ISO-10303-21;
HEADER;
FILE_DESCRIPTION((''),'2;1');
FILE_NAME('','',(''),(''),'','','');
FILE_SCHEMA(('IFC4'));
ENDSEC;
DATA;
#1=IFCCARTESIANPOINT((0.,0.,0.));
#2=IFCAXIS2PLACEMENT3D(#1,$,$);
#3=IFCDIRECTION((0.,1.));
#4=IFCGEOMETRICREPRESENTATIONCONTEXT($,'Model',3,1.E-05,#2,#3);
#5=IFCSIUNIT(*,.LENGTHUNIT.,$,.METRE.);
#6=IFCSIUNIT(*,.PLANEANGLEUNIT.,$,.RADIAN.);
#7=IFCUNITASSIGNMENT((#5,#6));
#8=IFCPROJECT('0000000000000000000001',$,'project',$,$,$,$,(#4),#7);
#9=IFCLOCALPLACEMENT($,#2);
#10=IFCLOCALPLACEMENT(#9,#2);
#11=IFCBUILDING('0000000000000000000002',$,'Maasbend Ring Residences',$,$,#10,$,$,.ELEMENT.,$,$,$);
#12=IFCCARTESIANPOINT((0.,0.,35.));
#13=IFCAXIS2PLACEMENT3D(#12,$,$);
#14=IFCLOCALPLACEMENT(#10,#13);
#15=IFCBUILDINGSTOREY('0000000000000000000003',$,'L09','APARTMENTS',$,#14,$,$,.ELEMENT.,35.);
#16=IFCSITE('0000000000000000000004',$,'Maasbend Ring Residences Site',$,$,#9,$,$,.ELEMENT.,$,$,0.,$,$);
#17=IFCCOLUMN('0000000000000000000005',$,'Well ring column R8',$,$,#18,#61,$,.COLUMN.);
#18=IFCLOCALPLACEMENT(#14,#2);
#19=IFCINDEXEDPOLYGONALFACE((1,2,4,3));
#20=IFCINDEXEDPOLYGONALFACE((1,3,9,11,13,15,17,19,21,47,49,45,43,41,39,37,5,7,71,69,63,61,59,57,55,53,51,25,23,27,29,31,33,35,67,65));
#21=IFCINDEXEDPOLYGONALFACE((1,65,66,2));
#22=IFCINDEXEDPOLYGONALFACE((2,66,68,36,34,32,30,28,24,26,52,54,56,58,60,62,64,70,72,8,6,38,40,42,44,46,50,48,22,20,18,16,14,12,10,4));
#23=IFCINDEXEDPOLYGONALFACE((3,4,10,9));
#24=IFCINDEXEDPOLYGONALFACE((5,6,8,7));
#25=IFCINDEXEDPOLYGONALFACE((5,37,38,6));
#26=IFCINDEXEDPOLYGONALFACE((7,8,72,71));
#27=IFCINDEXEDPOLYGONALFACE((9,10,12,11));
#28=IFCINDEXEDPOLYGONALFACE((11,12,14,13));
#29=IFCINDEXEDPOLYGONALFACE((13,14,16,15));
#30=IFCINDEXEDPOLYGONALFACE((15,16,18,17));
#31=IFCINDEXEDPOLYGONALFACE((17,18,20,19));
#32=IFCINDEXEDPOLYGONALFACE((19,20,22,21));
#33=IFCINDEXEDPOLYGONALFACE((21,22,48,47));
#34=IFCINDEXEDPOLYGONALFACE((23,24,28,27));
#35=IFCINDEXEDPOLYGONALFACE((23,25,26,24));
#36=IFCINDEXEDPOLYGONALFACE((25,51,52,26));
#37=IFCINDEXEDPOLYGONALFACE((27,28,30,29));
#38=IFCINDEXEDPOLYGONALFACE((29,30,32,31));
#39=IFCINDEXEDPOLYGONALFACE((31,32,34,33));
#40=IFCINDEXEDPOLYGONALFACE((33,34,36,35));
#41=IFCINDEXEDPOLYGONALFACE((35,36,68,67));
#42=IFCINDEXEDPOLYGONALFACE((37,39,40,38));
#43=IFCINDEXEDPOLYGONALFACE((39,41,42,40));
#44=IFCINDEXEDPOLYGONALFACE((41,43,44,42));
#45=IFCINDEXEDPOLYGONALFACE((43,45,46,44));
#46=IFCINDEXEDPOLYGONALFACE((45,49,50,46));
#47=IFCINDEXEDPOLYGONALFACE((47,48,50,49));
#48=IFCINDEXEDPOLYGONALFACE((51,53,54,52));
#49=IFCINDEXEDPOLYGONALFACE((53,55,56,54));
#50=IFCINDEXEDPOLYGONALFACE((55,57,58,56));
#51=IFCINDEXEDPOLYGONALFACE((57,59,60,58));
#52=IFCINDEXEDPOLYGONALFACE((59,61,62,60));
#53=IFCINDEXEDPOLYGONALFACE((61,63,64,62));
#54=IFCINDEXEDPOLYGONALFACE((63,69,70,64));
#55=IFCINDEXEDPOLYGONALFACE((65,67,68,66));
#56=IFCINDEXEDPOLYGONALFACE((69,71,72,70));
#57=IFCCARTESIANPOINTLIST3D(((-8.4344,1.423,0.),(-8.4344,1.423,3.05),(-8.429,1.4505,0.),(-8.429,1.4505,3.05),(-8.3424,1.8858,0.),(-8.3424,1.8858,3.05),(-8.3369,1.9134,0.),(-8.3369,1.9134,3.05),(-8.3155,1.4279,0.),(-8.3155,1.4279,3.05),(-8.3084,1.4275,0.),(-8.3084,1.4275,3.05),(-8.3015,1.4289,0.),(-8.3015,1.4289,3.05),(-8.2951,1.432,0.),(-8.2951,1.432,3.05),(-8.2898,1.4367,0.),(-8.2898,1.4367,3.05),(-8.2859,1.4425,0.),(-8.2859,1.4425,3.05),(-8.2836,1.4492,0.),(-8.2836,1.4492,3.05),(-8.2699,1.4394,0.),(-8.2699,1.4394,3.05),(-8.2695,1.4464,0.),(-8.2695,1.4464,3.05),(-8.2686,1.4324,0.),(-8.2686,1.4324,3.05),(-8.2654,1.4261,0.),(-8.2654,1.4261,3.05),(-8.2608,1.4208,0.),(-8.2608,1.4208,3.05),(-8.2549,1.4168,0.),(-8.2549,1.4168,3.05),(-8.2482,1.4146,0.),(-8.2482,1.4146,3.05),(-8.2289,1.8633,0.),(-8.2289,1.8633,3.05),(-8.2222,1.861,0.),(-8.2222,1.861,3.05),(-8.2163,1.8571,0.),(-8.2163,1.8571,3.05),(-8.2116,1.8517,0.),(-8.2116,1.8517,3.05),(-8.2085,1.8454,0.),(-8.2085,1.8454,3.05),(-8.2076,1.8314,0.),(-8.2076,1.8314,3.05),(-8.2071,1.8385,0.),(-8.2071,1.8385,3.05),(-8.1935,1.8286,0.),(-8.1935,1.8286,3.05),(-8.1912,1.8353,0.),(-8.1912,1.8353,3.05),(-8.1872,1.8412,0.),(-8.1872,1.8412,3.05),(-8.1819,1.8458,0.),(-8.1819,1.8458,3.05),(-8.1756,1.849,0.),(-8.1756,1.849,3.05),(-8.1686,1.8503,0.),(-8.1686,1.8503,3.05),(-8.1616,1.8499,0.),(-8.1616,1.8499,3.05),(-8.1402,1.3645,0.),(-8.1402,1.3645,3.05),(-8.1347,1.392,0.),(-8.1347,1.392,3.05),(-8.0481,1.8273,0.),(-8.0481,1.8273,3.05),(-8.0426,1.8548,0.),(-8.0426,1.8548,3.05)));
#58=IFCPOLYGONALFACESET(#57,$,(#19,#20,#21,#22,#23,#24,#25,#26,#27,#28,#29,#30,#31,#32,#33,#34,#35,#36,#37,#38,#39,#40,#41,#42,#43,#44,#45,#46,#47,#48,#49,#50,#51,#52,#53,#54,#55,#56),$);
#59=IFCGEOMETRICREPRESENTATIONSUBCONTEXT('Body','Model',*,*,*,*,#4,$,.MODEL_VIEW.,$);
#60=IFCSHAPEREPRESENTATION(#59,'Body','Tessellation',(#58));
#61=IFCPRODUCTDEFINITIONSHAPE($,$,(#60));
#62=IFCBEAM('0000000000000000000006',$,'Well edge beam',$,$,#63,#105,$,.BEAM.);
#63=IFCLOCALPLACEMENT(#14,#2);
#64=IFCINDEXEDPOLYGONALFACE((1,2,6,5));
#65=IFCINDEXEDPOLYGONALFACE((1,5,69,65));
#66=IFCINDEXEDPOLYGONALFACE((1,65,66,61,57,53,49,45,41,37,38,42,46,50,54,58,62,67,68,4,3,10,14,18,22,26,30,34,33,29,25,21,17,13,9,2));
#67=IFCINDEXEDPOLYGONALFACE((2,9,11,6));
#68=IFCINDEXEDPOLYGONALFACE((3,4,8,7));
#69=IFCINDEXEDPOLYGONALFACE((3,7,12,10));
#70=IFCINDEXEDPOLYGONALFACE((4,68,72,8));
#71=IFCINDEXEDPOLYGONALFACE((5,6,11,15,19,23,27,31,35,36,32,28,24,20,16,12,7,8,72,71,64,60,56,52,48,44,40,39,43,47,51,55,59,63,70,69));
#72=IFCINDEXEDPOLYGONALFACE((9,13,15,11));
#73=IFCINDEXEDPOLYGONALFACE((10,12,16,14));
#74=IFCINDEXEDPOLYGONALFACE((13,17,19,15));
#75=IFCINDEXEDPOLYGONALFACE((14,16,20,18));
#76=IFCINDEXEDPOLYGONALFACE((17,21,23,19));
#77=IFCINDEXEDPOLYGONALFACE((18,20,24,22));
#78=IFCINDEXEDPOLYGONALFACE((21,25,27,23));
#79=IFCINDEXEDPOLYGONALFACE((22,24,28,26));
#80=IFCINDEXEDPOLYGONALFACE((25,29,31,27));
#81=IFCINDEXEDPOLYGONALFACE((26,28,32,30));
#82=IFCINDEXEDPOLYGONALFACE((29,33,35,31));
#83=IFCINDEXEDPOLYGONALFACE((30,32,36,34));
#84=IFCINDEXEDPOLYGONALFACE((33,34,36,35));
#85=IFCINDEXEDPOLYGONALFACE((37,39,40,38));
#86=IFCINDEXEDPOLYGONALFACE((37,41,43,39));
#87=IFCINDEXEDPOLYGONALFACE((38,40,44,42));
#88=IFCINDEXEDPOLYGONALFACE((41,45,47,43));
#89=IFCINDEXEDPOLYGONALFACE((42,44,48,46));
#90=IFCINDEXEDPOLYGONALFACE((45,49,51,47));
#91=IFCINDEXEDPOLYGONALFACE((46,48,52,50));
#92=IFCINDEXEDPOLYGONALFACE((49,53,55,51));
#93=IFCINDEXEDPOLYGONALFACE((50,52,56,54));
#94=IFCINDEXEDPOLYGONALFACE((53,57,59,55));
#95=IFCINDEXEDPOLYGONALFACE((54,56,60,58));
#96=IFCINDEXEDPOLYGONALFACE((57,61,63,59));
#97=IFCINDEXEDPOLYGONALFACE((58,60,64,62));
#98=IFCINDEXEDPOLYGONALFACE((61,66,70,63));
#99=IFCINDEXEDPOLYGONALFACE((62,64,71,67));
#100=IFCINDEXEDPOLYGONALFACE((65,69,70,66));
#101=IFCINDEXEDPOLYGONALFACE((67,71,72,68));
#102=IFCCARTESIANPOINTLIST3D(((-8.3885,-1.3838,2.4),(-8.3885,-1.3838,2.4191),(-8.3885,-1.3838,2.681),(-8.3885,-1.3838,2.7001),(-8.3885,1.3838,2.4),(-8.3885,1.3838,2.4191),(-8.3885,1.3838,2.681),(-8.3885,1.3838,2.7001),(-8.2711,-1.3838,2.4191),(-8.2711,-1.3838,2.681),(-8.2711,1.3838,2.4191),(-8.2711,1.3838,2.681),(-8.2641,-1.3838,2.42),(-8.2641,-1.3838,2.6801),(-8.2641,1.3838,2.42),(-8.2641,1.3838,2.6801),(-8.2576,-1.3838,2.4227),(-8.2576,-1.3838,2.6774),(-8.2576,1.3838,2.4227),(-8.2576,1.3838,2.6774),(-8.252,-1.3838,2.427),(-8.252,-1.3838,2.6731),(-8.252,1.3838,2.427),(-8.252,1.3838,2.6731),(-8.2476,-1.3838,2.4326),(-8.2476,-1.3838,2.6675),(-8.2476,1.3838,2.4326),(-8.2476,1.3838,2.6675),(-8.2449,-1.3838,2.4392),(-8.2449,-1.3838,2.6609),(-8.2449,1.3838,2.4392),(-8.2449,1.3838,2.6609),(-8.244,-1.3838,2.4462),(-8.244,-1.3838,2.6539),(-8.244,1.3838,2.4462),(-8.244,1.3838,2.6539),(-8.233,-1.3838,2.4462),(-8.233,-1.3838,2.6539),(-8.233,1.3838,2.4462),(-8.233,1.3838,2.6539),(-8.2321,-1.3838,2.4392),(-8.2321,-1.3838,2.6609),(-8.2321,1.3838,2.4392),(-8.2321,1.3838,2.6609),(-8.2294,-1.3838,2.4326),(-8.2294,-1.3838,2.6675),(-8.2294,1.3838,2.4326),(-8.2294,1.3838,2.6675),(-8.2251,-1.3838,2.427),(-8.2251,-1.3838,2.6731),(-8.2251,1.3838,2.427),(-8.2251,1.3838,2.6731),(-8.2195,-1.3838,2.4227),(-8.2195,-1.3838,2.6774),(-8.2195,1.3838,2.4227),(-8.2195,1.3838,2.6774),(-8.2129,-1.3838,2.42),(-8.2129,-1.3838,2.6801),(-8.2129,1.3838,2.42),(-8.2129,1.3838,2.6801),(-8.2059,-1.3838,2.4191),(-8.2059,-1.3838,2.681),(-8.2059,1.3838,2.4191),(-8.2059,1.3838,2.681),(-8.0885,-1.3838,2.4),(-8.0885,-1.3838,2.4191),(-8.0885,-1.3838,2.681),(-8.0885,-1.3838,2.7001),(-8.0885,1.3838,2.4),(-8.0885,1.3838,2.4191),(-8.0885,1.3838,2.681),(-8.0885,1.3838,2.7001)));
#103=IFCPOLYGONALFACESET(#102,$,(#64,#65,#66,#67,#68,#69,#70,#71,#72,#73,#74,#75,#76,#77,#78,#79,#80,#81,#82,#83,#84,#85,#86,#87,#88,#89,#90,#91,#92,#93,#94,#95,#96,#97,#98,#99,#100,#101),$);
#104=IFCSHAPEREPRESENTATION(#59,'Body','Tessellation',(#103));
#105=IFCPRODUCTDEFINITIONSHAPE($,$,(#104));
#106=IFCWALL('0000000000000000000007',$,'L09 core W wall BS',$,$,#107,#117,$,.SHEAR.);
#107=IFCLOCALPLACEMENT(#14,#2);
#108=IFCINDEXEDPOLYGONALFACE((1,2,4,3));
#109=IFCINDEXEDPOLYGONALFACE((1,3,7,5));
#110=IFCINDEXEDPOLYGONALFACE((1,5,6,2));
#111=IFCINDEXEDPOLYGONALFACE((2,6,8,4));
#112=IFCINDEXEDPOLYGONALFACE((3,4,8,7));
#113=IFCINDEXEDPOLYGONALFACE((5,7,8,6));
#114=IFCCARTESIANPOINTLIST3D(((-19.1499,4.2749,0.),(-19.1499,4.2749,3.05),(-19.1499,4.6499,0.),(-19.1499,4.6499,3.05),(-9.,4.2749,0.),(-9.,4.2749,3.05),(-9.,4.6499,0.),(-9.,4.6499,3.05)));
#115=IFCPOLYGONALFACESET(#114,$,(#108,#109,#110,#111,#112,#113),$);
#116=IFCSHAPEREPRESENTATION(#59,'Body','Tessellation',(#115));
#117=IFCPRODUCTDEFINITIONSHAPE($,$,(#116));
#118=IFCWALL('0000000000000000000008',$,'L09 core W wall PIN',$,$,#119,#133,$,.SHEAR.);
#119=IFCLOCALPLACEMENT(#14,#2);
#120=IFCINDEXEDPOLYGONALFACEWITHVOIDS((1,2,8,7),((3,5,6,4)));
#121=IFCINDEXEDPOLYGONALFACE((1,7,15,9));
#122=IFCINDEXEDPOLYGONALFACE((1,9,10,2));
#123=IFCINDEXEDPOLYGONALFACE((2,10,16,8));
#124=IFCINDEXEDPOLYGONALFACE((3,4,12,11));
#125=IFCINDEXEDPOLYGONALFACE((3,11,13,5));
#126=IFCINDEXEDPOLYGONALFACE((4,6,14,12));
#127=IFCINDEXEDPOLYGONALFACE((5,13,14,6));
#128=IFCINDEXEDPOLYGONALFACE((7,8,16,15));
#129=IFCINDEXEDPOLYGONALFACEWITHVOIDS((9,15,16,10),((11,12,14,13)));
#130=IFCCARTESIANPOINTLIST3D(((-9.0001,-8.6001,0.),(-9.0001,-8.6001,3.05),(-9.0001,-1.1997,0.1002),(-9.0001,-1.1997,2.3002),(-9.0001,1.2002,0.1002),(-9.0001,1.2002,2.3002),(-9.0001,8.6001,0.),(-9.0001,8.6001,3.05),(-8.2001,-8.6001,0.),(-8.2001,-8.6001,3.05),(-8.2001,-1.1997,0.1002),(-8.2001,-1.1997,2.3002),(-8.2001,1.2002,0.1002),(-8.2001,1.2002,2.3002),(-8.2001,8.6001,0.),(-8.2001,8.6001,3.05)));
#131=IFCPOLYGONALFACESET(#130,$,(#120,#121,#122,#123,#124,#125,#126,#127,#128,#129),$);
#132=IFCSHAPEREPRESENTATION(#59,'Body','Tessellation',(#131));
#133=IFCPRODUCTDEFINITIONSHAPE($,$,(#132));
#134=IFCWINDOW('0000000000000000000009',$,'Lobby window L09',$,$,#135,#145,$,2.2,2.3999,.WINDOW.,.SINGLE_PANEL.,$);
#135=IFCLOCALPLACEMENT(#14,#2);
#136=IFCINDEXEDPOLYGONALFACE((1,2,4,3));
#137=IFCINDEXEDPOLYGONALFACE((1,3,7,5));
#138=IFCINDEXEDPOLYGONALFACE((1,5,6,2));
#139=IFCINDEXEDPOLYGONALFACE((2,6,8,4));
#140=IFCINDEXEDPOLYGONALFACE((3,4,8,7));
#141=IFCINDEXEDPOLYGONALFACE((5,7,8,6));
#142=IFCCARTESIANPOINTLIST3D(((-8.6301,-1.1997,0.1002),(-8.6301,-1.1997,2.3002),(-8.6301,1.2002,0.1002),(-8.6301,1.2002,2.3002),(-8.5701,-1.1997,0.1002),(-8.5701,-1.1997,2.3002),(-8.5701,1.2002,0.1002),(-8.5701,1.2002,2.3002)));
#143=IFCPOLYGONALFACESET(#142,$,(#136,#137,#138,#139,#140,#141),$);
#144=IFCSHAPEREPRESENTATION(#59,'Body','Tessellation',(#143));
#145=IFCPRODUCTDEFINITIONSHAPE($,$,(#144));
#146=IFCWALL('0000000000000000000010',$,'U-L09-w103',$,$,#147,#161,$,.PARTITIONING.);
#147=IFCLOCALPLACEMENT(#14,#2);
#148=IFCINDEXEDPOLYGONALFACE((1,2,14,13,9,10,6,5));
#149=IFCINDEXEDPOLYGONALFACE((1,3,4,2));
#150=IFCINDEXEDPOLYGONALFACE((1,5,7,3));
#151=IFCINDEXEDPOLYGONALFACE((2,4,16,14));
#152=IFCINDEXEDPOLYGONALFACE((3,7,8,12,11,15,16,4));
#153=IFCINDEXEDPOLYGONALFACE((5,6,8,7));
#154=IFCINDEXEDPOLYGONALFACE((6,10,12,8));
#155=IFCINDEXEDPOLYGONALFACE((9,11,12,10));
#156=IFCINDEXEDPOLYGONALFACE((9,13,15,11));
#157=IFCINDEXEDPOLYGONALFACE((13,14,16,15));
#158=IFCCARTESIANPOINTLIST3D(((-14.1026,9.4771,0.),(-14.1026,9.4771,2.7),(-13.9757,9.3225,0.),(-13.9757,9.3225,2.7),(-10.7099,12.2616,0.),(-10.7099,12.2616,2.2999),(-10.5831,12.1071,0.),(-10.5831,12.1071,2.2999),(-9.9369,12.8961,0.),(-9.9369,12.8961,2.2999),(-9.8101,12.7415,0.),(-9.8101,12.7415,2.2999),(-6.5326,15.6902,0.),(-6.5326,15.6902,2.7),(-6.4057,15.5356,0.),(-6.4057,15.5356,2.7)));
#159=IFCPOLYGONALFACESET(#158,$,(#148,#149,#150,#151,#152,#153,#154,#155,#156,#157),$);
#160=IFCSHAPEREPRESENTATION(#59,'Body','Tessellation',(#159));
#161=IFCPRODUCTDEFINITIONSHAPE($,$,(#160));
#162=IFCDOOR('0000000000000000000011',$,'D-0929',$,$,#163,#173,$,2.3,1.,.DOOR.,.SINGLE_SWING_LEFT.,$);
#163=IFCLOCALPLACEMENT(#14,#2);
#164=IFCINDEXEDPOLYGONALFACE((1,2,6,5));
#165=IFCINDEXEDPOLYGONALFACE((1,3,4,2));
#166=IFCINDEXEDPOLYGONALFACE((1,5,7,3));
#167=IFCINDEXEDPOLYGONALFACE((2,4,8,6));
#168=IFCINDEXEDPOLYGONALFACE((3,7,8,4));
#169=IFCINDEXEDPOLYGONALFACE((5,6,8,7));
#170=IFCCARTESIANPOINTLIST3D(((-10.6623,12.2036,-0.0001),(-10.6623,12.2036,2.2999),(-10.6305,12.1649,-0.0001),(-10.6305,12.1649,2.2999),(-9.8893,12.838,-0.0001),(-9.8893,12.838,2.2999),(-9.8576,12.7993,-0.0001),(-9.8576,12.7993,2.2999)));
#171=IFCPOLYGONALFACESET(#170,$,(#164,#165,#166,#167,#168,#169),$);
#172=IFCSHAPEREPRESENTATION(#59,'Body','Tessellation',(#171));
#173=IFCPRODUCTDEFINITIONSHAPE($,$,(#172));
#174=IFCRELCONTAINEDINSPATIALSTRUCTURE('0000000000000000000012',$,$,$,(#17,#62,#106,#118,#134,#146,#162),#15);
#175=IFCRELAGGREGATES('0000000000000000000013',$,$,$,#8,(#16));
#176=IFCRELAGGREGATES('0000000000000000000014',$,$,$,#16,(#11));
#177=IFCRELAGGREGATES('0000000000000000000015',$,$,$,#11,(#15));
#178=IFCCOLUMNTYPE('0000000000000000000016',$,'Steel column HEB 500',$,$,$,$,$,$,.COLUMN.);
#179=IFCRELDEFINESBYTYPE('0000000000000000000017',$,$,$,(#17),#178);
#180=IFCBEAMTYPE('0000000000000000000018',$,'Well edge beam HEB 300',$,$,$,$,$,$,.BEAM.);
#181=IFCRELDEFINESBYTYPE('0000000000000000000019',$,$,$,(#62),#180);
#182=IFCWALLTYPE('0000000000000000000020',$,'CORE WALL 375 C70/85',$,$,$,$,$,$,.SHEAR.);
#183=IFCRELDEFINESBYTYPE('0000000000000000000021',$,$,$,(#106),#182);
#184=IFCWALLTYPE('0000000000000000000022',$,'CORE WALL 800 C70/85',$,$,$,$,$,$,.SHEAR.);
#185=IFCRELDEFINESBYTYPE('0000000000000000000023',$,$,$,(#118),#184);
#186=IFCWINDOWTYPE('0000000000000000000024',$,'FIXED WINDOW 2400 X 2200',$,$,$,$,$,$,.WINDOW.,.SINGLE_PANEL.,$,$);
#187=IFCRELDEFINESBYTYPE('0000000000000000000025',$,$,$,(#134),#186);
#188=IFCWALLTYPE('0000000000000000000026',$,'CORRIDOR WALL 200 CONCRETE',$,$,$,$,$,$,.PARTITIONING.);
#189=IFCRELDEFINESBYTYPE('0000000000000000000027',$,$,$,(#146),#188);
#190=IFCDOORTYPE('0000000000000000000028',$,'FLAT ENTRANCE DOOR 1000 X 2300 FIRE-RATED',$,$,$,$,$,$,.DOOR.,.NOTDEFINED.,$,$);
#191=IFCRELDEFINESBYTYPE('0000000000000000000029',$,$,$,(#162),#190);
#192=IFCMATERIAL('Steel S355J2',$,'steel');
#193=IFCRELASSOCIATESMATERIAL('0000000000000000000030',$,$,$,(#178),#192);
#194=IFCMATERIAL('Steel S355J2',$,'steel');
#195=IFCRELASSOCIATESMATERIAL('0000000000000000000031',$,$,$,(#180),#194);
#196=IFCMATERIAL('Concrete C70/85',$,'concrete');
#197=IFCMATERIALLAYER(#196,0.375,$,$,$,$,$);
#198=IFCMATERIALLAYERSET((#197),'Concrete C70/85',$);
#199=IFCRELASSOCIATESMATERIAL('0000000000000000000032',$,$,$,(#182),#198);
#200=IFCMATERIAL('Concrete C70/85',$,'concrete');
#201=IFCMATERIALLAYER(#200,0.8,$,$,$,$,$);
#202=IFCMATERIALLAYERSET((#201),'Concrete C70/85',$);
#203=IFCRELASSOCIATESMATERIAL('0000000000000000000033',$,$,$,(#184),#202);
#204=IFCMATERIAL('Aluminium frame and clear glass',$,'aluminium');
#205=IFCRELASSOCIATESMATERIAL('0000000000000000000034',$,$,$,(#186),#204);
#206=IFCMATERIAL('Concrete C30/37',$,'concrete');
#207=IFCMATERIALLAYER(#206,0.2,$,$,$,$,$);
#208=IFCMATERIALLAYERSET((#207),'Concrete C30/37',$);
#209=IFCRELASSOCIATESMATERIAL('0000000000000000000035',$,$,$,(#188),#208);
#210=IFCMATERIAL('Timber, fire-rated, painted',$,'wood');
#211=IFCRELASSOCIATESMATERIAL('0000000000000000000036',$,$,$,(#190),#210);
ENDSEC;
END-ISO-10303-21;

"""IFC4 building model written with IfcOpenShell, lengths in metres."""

from ifc_helpers import new_model, si_unit, direction, frame, frame_2d, origin, origin_2d, place, context, subcontext, project, spatial, rectangle, i_section, extrude, material, layer, layer_set, material_profile, profile_set, type_object, element, fill, save


model = new_model("IFC4")

# Units and contexts
model_context = context("Model", 3, precision=1e-05, world=origin(), true_north=direction((0.0, 1.0)))
body_context = subcontext(model_context, "Body", "Model", "MODEL_VIEW")
ifc_project = project(units=[si_unit("LENGTHUNIT", "METRE"), si_unit("PLANEANGLEUNIT", "RADIAN")], contexts=[model_context])

# Site, building, storey
site_placement = place(None, origin())
site = spatial("IfcSite", under=ifc_project, at=site_placement, Name="Maasbend Ring Residences Site", CompositionType="ELEMENT", RefElevation=0.0)
building_placement = place(site_placement, origin())
building = spatial("IfcBuilding", under=site, at=building_placement, Name="Maasbend Ring Residences", CompositionType="ELEMENT")
storey_placement = place(building_placement, frame((0.0, 0.0, 35.0)))
storey = spatial("IfcBuildingStorey", under=building, at=storey_placement, Name="L09", Description="APARTMENTS", CompositionType="ELEMENT", Elevation=35.0)

# Column
ifc_material_1 = material(Name="Steel S355J2", Category="steel")
ifc_material_profile_1 = material_profile(ifc_material_1, i_section(OverallWidth=0.3, OverallDepth=0.5, WebThickness=0.0144, FlangeThickness=0.0281, FilletRadius=0.0271, at=origin_2d()), Name="HEB 500")
ifc_profile_set_1 = profile_set([ifc_material_profile_1], Name="Steel S355J2")
column_type = type_object("IfcColumnType", Name="Steel column HEB 500", PredefinedType="COLUMN", material=ifc_profile_set_1)
column_placement = place(storey_placement, frame((-8.2385, 1.6389, 0.0), z_axis=(0.0, 0.0, 1.0), x_axis=(-0.980785, 0.19509, 0.0)))
element("IfcColumn", 1, at=column_placement, inside=storey, type_object=column_type, Name="Well ring column R8", PredefinedType="COLUMN", context=body_context, shape_type="SweptSolid", body=[
    extrude(i_section(OverallWidth=0.3, OverallDepth=0.5, WebThickness=0.0144, FlangeThickness=0.0281, FilletRadius=0.0271, at=origin_2d()), origin(), (0.0, 0.0, 1.0), 3.05),
])

# Beam
ifc_material_2 = material(Name="Steel S355J2", Category="steel")
ifc_material_profile_2 = material_profile(ifc_material_2, i_section(OverallWidth=0.3, OverallDepth=0.3, WebThickness=0.011, FlangeThickness=0.019, FilletRadius=0.0271, at=origin_2d()), Name="HEB 300")
ifc_profile_set_2 = profile_set([ifc_material_profile_2], Name="Steel S355J2")
beam_type = type_object("IfcBeamType", Name="Well edge beam HEB 300", PredefinedType="BEAM", material=ifc_profile_set_2)
beam_placement = place(storey_placement, frame((-8.2385, 1.3838, 2.55), z_axis=(0.0, -1.0, 0.0), x_axis=(1.0, 0.0, 0.0)))
element("IfcBeam", 2, at=beam_placement, inside=storey, type_object=beam_type, Name="Well edge beam", PredefinedType="BEAM", context=body_context, shape_type="SweptSolid", body=[
    extrude(i_section(OverallWidth=0.3, OverallDepth=0.3, WebThickness=0.011, FlangeThickness=0.019, FilletRadius=0.0271, at=origin_2d()), origin(), (0.0, 0.0, 1.0), 2.7676),
])

# Wall
ifc_material_3 = material(Name="Concrete C70/85", Category="concrete")
ifc_layer_1 = layer(ifc_material_3, 0.375)
ifc_layer_set_1 = layer_set([ifc_layer_1], Name="Concrete C70/85")
wall_type_1 = type_object("IfcWallType", Name="CORE WALL 375 C70/85", PredefinedType="SHEAR", material=ifc_layer_set_1)
wall_1_placement = place(storey_placement, frame((-9.0, 4.4624, 0.0), z_axis=(0.0, 0.0, 1.0), x_axis=(-1.0, 0.0, 0.0)))
element("IfcWall", 3, at=wall_1_placement, inside=storey, type_object=wall_type_1, Name="L09 core W wall BS", PredefinedType="SHEAR", context=body_context, shape_type="SweptSolid", body=[
    extrude(rectangle(XDim=10.1499, YDim=0.375, at=frame_2d((5.075, 0.0))), origin(), (0.0, 0.0, 1.0), 3.05),
])

# Wall, opening, window
ifc_material_4 = material(Name="Concrete C70/85", Category="concrete")
ifc_layer_2 = layer(ifc_material_4, 0.8)
ifc_layer_set_2 = layer_set([ifc_layer_2], Name="Concrete C70/85")
wall_type_2 = type_object("IfcWallType", Name="CORE WALL 800 C70/85", PredefinedType="SHEAR", material=ifc_layer_set_2)
wall_2_placement = place(storey_placement, frame((-8.6001, 8.6001, 0.0), z_axis=(0.0, 0.0, 1.0), x_axis=(0.0, -1.0, 0.0)))
wall_2 = element("IfcWall", 4, at=wall_2_placement, inside=storey, type_object=wall_type_2, Name="L09 core W wall PIN", PredefinedType="SHEAR", context=body_context, shape_type="SweptSolid", body=[
    extrude(rectangle(XDim=17.2002, YDim=0.8, at=frame_2d((8.6001, 0.0))), origin(), (0.0, 0.0, 1.0), 3.05),
])
opening_1_placement = place(wall_2_placement, frame((7.3999, 0.0, 0.1001)))
opening_1 = element("IfcOpeningElement", 5, at=opening_1_placement, cuts=wall_2, PredefinedType="OPENING", context=body_context, shape_type="SweptSolid", body=[
    extrude(rectangle(XDim=2.3999, YDim=2.2, at=frame_2d((1.2, 1.1001))), frame((0.0, 0.4102, 0.0), z_axis=(0.0, -1.0, 0.0), x_axis=(1.0, 0.0, 0.0)), (0.0, 0.0, 1.0), 0.8201),
])
ifc_material_5 = material(Name="Aluminium frame and clear glass", Category="aluminium")
window_type = type_object("IfcWindowType", Name="FIXED WINDOW 2400 X 2200", PartitioningType="SINGLE_PANEL", PredefinedType="WINDOW", material=ifc_material_5)
window_placement = place(opening_1_placement, origin())
window = element("IfcWindow", 6, at=window_placement, inside=storey, type_object=window_type, Name="Lobby window L09", OverallHeight=2.2, OverallWidth=2.3999, PartitioningType="SINGLE_PANEL", PredefinedType="WINDOW", context=body_context, shape_type="SweptSolid", body=[
    extrude(rectangle(XDim=2.3999, YDim=2.2, at=frame_2d((1.2, 1.1001))), frame((0.0, 0.03, 0.0), z_axis=(0.0, -1.0, 0.0), x_axis=(1.0, 0.0, 0.0)), (0.0, 0.0, 1.0), 0.0601),
])
fill(opening_1, window)

# Wall, opening, door
ifc_material_6 = material(Name="Concrete C30/37", Category="concrete")
ifc_layer_3 = layer(ifc_material_6, 0.2)
ifc_layer_set_3 = layer_set([ifc_layer_3], Name="Concrete C30/37")
wall_type_3 = type_object("IfcWallType", Name="CORRIDOR WALL 200 CONCRETE", PredefinedType="PARTITIONING", material=ifc_layer_set_3)
wall_3_placement = place(storey_placement, frame((-14.0391, 9.3999, 0.0), z_axis=(0.0, 0.0, 1.0), x_axis=(0.772983, 0.634426, 0.0)))
wall_3 = element("IfcWall", 7, at=wall_3_placement, inside=storey, type_object=wall_type_3, Name="U-L09-w103", PredefinedType="PARTITIONING", context=body_context, shape_type="SweptSolid", body=[
    extrude(rectangle(XDim=9.7932, YDim=0.2, at=frame_2d((4.8965, 0.0))), origin(), (0.0, 0.0, 1.0), 2.7),
])
opening_2_placement = place(wall_3_placement, frame((4.3889, 0.0, 0.0)))
opening_2 = element("IfcOpeningElement", 8, at=opening_2_placement, cuts=wall_3, PredefinedType="OPENING", context=body_context, shape_type="SweptSolid", body=[
    extrude(rectangle(XDim=1.0, YDim=2.3, at=frame_2d((0.5, 1.1499))), frame((0.0, 0.1099, 0.0), z_axis=(0.0, -1.0, 0.0), x_axis=(1.0, 0.0, 0.0)), (0.0, 0.0, 1.0), 0.22),
])
ifc_material_7 = material(Name="Timber, fire-rated, painted", Category="wood")
door_type_1 = type_object("IfcDoorType", Name="FLAT ENTRANCE DOOR 1000 X 2300 FIRE-RATED", OperationType="NOTDEFINED", PredefinedType="DOOR", material=ifc_material_7)
door_1_placement = place(opening_2_placement, origin())
door_1 = element("IfcDoor", 9, at=door_1_placement, inside=storey, type_object=door_type_1, Name="D-0929", OperationType="SINGLE_SWING_LEFT", OverallHeight=2.3, OverallWidth=1.0, PredefinedType="DOOR", context=body_context, shape_type="SweptSolid", body=[
    extrude(rectangle(XDim=1.0, YDim=2.3, at=frame_2d((0.5, 1.1499))), frame((0.0, 0.0249, 0.0), z_axis=(0.0, -1.0, 0.0), x_axis=(1.0, 0.0, 0.0)), (0.0, 0.0, 1.0), 0.05),
])
fill(opening_2, door_1)

save(model, "model.ifc")
